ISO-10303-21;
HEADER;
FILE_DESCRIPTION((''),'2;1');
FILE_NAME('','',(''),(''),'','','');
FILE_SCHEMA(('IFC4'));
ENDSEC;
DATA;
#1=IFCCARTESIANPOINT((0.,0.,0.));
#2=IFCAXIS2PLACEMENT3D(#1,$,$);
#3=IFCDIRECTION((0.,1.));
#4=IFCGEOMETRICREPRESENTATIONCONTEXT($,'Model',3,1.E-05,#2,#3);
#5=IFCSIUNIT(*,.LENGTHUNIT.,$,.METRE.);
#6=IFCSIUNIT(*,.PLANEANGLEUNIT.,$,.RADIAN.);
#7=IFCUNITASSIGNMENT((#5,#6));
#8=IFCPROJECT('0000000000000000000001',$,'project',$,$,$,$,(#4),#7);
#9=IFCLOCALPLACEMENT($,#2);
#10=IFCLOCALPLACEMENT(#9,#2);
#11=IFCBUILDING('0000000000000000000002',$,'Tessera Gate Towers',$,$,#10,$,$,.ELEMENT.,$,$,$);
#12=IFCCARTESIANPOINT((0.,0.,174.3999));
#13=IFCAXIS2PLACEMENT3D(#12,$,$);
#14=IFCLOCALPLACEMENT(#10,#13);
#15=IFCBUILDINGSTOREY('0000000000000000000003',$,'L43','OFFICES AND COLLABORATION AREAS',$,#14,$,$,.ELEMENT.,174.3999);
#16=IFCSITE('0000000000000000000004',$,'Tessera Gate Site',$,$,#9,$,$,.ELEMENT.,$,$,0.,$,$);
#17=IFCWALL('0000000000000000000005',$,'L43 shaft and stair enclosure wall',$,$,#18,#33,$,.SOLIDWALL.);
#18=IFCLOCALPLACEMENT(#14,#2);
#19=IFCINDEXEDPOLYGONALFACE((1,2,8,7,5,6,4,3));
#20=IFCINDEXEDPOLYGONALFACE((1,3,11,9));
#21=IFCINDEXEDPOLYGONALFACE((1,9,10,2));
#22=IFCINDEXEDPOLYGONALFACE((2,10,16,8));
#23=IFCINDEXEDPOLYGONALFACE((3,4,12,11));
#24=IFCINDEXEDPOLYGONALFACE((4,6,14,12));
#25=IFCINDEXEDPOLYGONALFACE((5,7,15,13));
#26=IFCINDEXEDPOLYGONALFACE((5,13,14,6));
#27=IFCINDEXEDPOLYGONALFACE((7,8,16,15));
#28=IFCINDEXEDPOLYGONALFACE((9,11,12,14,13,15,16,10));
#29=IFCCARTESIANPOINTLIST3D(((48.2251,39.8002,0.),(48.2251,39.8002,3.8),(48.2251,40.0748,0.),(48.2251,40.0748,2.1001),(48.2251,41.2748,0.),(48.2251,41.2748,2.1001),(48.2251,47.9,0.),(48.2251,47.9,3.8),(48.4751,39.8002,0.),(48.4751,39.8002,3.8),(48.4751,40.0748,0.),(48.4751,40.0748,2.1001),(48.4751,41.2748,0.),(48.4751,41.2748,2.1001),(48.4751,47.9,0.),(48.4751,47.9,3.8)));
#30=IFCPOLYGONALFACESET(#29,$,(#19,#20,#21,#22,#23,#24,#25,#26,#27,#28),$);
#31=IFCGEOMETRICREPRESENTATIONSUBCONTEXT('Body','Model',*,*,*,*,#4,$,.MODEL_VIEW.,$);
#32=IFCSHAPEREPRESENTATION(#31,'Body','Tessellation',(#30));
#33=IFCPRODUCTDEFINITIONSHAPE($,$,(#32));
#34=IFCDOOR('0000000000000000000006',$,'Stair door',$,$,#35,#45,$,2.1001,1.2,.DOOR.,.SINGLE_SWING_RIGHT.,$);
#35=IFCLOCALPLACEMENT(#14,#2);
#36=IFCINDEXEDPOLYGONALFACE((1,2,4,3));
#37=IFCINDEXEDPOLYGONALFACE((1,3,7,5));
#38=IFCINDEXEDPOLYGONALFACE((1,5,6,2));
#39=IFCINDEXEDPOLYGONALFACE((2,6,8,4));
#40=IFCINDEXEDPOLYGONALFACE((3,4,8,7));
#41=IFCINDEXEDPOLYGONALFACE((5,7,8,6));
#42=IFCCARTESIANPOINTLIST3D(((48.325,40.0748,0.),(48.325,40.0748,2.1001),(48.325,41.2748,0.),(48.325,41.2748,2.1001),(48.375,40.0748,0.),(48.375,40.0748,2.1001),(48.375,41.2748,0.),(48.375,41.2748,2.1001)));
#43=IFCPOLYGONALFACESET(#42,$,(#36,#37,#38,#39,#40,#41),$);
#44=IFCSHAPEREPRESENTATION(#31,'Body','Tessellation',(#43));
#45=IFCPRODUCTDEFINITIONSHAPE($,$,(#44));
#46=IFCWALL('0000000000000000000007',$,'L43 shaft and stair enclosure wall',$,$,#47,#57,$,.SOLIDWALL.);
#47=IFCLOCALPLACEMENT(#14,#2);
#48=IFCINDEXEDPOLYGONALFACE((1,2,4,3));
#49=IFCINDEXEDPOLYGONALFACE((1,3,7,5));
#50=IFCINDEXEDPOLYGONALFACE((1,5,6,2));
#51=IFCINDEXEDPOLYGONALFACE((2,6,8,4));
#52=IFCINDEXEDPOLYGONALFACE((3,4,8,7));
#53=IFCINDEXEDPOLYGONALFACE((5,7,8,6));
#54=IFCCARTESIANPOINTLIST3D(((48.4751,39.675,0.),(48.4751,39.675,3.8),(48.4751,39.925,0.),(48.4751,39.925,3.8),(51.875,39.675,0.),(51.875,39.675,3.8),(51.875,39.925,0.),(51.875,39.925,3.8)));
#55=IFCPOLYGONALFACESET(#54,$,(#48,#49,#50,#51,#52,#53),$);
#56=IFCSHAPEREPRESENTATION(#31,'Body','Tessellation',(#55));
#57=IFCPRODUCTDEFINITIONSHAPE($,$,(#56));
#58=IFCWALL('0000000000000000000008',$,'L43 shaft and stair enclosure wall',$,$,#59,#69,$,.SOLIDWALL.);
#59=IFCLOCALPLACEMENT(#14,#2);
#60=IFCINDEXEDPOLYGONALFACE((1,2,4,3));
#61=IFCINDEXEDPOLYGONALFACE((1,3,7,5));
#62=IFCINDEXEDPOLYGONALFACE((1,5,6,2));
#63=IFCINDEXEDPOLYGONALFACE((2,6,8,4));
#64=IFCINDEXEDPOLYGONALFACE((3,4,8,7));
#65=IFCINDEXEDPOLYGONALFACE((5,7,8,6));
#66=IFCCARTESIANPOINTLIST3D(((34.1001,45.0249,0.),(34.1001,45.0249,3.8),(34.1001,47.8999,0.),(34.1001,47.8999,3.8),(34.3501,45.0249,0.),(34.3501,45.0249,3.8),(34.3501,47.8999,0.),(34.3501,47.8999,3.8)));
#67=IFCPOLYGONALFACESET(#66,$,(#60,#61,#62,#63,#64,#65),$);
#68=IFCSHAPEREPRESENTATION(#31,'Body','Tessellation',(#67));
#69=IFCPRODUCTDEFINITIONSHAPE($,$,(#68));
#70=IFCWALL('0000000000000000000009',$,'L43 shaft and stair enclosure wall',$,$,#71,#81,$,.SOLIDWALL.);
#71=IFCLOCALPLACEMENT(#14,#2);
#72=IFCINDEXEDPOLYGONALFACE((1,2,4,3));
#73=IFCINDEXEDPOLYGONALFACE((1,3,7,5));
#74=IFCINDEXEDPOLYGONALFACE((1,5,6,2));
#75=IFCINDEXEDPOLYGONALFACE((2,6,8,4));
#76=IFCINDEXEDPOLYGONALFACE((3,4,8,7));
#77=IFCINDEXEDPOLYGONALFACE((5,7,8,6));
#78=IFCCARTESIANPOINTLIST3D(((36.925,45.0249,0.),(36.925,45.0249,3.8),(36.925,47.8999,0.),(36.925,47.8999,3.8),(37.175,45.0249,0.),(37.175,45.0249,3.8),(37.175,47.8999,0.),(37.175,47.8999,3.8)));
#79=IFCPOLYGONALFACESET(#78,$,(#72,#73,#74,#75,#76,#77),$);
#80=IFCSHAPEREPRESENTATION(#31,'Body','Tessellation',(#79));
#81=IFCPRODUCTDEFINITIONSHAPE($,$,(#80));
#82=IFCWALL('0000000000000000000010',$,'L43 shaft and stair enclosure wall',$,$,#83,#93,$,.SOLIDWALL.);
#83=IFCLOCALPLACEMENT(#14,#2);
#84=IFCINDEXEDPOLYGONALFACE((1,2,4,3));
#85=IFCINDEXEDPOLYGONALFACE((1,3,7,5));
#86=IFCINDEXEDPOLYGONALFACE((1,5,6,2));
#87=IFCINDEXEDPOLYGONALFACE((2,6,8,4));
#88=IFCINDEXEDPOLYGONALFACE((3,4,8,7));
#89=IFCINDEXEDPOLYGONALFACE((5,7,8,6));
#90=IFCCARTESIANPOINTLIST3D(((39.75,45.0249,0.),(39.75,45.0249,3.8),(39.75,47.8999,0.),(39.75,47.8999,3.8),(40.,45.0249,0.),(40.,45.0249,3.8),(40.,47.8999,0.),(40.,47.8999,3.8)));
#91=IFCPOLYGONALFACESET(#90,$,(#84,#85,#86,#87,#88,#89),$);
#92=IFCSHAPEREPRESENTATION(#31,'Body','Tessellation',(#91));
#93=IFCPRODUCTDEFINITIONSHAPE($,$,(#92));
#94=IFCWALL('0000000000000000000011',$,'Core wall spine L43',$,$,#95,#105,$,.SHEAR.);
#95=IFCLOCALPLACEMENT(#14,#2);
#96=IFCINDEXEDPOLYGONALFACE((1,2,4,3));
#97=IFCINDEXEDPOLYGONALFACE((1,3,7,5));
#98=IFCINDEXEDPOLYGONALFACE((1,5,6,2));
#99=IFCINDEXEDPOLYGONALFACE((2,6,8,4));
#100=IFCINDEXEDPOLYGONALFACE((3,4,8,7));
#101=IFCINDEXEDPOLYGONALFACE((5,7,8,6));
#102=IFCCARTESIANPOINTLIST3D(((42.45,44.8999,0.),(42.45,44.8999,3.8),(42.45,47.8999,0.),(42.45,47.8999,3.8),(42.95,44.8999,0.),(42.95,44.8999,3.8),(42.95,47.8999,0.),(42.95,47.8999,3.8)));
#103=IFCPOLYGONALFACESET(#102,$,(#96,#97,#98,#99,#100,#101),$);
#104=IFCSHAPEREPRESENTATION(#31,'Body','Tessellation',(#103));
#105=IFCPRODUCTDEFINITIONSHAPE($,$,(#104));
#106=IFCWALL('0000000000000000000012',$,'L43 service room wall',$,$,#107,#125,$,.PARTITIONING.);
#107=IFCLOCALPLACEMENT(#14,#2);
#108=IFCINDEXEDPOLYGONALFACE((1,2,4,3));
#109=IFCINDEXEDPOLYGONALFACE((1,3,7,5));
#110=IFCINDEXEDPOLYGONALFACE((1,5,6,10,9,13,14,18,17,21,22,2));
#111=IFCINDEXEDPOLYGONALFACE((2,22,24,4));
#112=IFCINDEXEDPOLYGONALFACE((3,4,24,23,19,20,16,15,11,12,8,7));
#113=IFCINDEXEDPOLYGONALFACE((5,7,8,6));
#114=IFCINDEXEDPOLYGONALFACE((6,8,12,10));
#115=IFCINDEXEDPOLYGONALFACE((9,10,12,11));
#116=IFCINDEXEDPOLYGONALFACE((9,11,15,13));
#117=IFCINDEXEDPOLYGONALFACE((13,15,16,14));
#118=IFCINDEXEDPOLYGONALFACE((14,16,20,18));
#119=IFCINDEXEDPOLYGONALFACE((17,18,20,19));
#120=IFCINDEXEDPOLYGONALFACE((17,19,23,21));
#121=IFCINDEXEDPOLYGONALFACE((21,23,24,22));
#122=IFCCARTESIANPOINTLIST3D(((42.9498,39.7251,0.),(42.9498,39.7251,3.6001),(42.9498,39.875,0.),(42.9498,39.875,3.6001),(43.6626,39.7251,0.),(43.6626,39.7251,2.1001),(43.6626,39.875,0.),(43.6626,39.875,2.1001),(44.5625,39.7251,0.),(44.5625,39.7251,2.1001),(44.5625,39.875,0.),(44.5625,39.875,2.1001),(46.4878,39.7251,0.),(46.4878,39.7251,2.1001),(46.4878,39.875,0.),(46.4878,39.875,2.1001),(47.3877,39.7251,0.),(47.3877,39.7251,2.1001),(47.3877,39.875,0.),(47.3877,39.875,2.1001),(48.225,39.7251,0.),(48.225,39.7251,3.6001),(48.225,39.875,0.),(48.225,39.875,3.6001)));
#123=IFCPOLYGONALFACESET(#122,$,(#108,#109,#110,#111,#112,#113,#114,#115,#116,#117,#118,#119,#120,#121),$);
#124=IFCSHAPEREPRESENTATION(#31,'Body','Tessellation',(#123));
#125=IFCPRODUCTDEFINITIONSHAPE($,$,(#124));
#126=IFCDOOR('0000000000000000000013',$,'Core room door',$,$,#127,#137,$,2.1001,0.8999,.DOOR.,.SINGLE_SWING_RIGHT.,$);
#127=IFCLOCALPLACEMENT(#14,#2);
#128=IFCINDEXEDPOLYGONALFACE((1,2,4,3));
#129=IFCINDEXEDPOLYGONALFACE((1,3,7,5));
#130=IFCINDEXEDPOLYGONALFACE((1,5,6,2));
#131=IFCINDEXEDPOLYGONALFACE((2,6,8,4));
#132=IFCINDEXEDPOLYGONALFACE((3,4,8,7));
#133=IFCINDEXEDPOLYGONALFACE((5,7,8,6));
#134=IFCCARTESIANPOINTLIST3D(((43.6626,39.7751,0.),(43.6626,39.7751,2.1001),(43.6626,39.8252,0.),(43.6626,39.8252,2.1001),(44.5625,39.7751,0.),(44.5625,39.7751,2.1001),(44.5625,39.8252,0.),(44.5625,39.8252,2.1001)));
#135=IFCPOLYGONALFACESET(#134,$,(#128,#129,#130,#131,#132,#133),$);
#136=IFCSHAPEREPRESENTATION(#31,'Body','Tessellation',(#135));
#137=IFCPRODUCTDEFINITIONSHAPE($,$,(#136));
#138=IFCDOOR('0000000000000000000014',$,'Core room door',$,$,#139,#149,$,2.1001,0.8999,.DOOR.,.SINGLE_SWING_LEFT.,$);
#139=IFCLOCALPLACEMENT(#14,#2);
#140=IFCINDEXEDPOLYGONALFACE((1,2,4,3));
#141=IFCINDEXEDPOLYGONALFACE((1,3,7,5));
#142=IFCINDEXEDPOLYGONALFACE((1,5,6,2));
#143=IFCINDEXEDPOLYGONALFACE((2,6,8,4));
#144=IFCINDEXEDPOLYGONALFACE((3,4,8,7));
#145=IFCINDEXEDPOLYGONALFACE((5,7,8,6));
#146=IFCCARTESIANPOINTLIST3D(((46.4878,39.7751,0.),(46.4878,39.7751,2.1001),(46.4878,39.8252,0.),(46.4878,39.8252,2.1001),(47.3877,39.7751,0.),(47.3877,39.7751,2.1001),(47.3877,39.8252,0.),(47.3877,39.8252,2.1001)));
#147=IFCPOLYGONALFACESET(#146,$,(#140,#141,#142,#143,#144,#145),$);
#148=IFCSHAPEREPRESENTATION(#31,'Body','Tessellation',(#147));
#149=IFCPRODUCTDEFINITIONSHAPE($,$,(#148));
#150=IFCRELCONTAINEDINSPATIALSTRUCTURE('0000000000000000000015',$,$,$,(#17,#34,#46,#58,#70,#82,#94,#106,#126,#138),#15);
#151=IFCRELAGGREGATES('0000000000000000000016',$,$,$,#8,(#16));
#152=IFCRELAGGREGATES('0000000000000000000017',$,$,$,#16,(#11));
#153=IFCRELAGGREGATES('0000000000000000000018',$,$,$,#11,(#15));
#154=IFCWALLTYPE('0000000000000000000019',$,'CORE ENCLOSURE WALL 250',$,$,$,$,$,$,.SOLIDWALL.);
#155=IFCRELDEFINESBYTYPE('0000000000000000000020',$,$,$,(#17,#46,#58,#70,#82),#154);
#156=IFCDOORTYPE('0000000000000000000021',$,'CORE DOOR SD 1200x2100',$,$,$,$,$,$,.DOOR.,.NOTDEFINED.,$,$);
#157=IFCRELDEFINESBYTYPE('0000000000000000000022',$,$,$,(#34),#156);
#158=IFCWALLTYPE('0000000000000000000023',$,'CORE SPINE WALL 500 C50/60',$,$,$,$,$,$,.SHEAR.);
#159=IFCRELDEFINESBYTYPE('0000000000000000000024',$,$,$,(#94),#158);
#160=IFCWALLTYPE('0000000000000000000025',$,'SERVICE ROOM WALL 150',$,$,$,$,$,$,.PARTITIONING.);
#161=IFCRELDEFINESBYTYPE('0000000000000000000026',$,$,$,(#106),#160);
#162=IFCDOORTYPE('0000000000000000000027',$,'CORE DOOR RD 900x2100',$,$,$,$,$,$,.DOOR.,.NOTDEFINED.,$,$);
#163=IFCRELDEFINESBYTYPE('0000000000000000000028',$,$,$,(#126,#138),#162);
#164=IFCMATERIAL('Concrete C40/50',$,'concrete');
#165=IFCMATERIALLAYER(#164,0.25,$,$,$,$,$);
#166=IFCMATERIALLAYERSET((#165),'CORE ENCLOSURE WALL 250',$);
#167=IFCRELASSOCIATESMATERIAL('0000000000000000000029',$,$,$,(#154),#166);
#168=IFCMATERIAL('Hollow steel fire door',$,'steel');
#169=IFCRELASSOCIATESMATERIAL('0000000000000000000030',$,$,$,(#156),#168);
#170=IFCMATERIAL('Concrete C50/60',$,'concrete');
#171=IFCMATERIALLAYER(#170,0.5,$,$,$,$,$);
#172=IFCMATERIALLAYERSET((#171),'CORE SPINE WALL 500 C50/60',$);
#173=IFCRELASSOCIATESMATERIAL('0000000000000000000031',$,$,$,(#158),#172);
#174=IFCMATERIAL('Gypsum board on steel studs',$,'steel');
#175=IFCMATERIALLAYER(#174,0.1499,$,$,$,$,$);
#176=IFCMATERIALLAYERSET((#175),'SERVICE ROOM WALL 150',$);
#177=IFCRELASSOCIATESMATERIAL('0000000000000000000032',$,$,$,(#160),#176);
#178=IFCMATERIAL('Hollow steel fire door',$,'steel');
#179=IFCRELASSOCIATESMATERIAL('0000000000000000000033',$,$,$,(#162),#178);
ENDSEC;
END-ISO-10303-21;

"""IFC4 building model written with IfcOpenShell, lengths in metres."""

from ifc_helpers import new_model, si_unit, direction, frame, frame_2d, origin, place, context, subcontext, project, spatial, rectangle, extrude, source, transform, mapped, material, layer, layer_set, type_object, element, fill, save


model = new_model("IFC4")

# Units and contexts
model_context = context("Model", 3, precision=1e-05, world=origin(), true_north=direction((0.0, 1.0)))
body_context = subcontext(model_context, "Body", "Model", "MODEL_VIEW")
ifc_project = project(units=[si_unit("LENGTHUNIT", "METRE"), si_unit("PLANEANGLEUNIT", "RADIAN")], contexts=[model_context])

# Site, building, storey
site_placement = place(None, origin())
site = spatial("IfcSite", under=ifc_project, at=site_placement, Name="Tessera Gate Site", CompositionType="ELEMENT", RefElevation=0.0)
building_placement = place(site_placement, origin())
building = spatial("IfcBuilding", under=site, at=building_placement, Name="Tessera Gate Towers", CompositionType="ELEMENT")
storey_placement = place(building_placement, frame((0.0, 0.0, 174.3999)))
storey = spatial("IfcBuildingStorey", under=building, at=storey_placement, Name="L43", Description="OFFICES AND COLLABORATION AREAS", CompositionType="ELEMENT", Elevation=174.3999)

# Shared definitions
ifc_material_1 = material(Name="Concrete C40/50", Category="concrete")
ifc_layer_1 = layer(ifc_material_1, 0.25)
ifc_layer_set_1 = layer_set([ifc_layer_1], Name="CORE ENCLOSURE WALL 250")
wall_type_1 = type_object("IfcWallType", Name="CORE ENCLOSURE WALL 250", PredefinedType="SOLIDWALL", material=ifc_layer_set_1)

# Wall, opening, door
wall_1_placement = place(storey_placement, frame((48.3501, 47.8999, 0.0), z_axis=(0.0, 0.0, 1.0), x_axis=(0.0, -1.0, 0.0)))
wall_1 = element("IfcWall", 1, at=wall_1_placement, inside=storey, type_object=wall_type_1, Name="L43 shaft and stair enclosure wall", PredefinedType="SOLIDWALL", context=body_context, shape_type="SweptSolid", body=[
    extrude(rectangle(XDim=8.0999, YDim=0.25, at=frame_2d((4.0498, 0.0))), origin(), (0.0, 0.0, 1.0), 3.8),
])
shared_shape_1 = source(origin(), body_context, "Body", "SweptSolid", [
    extrude(rectangle(XDim=1.2, YDim=2.1001, at=frame_2d((0.6001, 1.05))), frame((0.0, 0.135, 0.0), z_axis=(0.0, -1.0, 0.0), x_axis=(1.0, 0.0, 0.0)), (0.0, 0.0, 1.0), 0.27),
])
opening_1_placement = place(wall_1_placement, frame((6.625, 0.0, 0.0)))
opening_1 = element("IfcOpeningElement", 2, at=opening_1_placement, cuts=wall_1, PredefinedType="OPENING", context=body_context, shape_type="MappedRepresentation", body=[
    mapped(shared_shape_1, transform((0.0, 0.0, 0.0), scale=1.0)),
])
ifc_material_2 = material(Name="Hollow steel fire door", Category="steel")
door_type_1 = type_object("IfcDoorType", Name="CORE DOOR SD 1200x2100", OperationType="NOTDEFINED", PredefinedType="DOOR", material=ifc_material_2)
shared_shape_2 = source(origin(), body_context, "Body", "SweptSolid", [
    extrude(rectangle(XDim=1.2, YDim=2.1001, at=frame_2d((0.6001, 1.05))), frame((0.0, 0.0249, 0.0), z_axis=(0.0, -1.0, 0.0), x_axis=(1.0, 0.0, 0.0)), (0.0, 0.0, 1.0), 0.05),
])
door_1_placement = place(opening_1_placement, origin())
door_1 = element("IfcDoor", 3, at=door_1_placement, inside=storey, type_object=door_type_1, Name="Stair door", OperationType="SINGLE_SWING_RIGHT", OverallHeight=2.1001, OverallWidth=1.2, PredefinedType="DOOR", context=body_context, shape_type="MappedRepresentation", body=[
    mapped(shared_shape_2, transform((0.0, 0.0, 0.0), scale=1.0)),
])
fill(opening_1, door_1)

# Walls
wall_2_placement = place(storey_placement, frame((48.4751, 39.8, 0.0), z_axis=(0.0, 0.0, 1.0), x_axis=(1.0, 0.0, 0.0)))
element("IfcWall", 4, at=wall_2_placement, inside=storey, type_object=wall_type_1, Name="L43 shaft and stair enclosure wall", PredefinedType="SOLIDWALL", context=body_context, shape_type="SweptSolid", body=[
    extrude(rectangle(XDim=3.3999, YDim=0.25, at=frame_2d((1.7, 0.0))), origin(), (0.0, 0.0, 1.0), 3.8),
])
for number, where, z_axis, x_axis, name in (
    (5, (34.2251, 45.0249, 0.0), (0.0, 0.0, 1.0), (0.0, 1.0, 0.0), "L43 shaft and stair enclosure wall"),
    (6, (37.05, 45.0249, 0.0), (0.0, 0.0, 1.0), (0.0, 1.0, 0.0), "L43 shaft and stair enclosure wall"),
    (7, (39.875, 45.0249, 0.0), (0.0, 0.0, 1.0), (0.0, 1.0, 0.0), "L43 shaft and stair enclosure wall"),
):
    element("IfcWall", number, at=place(storey_placement, frame(where, z_axis=z_axis, x_axis=x_axis)), inside=storey, type_object=wall_type_1, Name=name, PredefinedType="SOLIDWALL", context=body_context, shape_type="SweptSolid", body=[
        extrude(rectangle(XDim=2.875, YDim=0.25, at=frame_2d((1.4375, 0.0))), origin(), (0.0, 0.0, 1.0), 3.8),
    ])
ifc_material_3 = material(Name="Concrete C50/60", Category="concrete")
ifc_layer_2 = layer(ifc_material_3, 0.5)
ifc_layer_set_2 = layer_set([ifc_layer_2], Name="CORE SPINE WALL 500 C50/60")
wall_type_2 = type_object("IfcWallType", Name="CORE SPINE WALL 500 C50/60", PredefinedType="SHEAR", material=ifc_layer_set_2)
wall_3_placement = place(storey_placement, frame((42.7, 44.8999, 0.0), z_axis=(0.0, 0.0, 1.0), x_axis=(0.0, 1.0, 0.0)))
element("IfcWall", 8, at=wall_3_placement, inside=storey, type_object=wall_type_2, Name="Core wall spine L43", PredefinedType="SHEAR", context=body_context, shape_type="SweptSolid", body=[
    extrude(rectangle(XDim=3.0, YDim=0.5, at=frame_2d((1.5, 0.0))), origin(), (0.0, 0.0, 1.0), 3.8),
])

# Wall, openings, doors
ifc_material_4 = material(Name="Gypsum board on steel studs", Category="steel")
ifc_layer_3 = layer(ifc_material_4, 0.1499)
ifc_layer_set_3 = layer_set([ifc_layer_3], Name="SERVICE ROOM WALL 150")
wall_type_3 = type_object("IfcWallType", Name="SERVICE ROOM WALL 150", PredefinedType="PARTITIONING", material=ifc_layer_set_3)
wall_4_placement = place(storey_placement, frame((48.2251, 39.8, 0.0), z_axis=(0.0, 0.0, 1.0), x_axis=(-1.0, 0.0, 0.0)))
wall_4 = element("IfcWall", 9, at=wall_4_placement, inside=storey, type_object=wall_type_3, Name="L43 service room wall", PredefinedType="PARTITIONING", context=body_context, shape_type="SweptSolid", body=[
    extrude(rectangle(XDim=5.2751, YDim=0.1499, at=frame_2d((2.6377, 0.0))), origin(), (0.0, 0.0, 1.0), 3.6001),
])
shared_shape_3 = source(origin(), body_context, "Body", "SweptSolid", [
    extrude(rectangle(XDim=0.8999, YDim=2.1001, at=frame_2d((0.45, 1.05))), frame((0.0, 0.085, 0.0), z_axis=(0.0, -1.0, 0.0), x_axis=(1.0, 0.0, 0.0)), (0.0, 0.0, 1.0), 0.1699),
])
opening_2_placement = place(wall_4_placement, frame((3.6626, 0.0, 0.0)))
opening_2 = element("IfcOpeningElement", 10, at=opening_2_placement, cuts=wall_4, PredefinedType="OPENING", context=body_context, shape_type="MappedRepresentation", body=[
    mapped(shared_shape_3, transform((0.0, 0.0, 0.0), scale=1.0)),
])
opening_3_placement = place(wall_4_placement, frame((0.8374, 0.0, 0.0)))
opening_3 = element("IfcOpeningElement", 11, at=opening_3_placement, cuts=wall_4, PredefinedType="OPENING", context=body_context, shape_type="MappedRepresentation", body=[
    mapped(shared_shape_3, transform((0.0, 0.0, 0.0), scale=1.0)),
])
ifc_material_5 = material(Name="Hollow steel fire door", Category="steel")
door_type_2 = type_object("IfcDoorType", Name="CORE DOOR RD 900x2100", OperationType="NOTDEFINED", PredefinedType="DOOR", material=ifc_material_5)
shared_shape_4 = source(origin(), body_context, "Body", "SweptSolid", [
    extrude(rectangle(XDim=0.8999, YDim=2.1001, at=frame_2d((0.45, 1.05))), frame((0.0, 0.0249, 0.0), z_axis=(0.0, -1.0, 0.0), x_axis=(1.0, 0.0, 0.0)), (0.0, 0.0, 1.0), 0.05),
])
door_2_placement = place(opening_2_placement, origin())
door_2 = element("IfcDoor", 12, at=door_2_placement, inside=storey, type_object=door_type_2, Name="Core room door", OperationType="SINGLE_SWING_RIGHT", OverallHeight=2.1001, OverallWidth=0.8999, PredefinedType="DOOR", context=body_context, shape_type="MappedRepresentation", body=[
    mapped(shared_shape_4, transform((0.0, 0.0, 0.0), scale=1.0)),
])
fill(opening_2, door_2)
door_3_placement = place(opening_3_placement, origin())
door_3 = element("IfcDoor", 13, at=door_3_placement, inside=storey, type_object=door_type_2, Name="Core room door", OperationType="SINGLE_SWING_LEFT", OverallHeight=2.1001, OverallWidth=0.8999, PredefinedType="DOOR", context=body_context, shape_type="MappedRepresentation", body=[
    mapped(shared_shape_4, transform((0.0, 0.0, 0.0), scale=1.0)),
])
fill(opening_3, door_3)

save(model, "model.ifc")
